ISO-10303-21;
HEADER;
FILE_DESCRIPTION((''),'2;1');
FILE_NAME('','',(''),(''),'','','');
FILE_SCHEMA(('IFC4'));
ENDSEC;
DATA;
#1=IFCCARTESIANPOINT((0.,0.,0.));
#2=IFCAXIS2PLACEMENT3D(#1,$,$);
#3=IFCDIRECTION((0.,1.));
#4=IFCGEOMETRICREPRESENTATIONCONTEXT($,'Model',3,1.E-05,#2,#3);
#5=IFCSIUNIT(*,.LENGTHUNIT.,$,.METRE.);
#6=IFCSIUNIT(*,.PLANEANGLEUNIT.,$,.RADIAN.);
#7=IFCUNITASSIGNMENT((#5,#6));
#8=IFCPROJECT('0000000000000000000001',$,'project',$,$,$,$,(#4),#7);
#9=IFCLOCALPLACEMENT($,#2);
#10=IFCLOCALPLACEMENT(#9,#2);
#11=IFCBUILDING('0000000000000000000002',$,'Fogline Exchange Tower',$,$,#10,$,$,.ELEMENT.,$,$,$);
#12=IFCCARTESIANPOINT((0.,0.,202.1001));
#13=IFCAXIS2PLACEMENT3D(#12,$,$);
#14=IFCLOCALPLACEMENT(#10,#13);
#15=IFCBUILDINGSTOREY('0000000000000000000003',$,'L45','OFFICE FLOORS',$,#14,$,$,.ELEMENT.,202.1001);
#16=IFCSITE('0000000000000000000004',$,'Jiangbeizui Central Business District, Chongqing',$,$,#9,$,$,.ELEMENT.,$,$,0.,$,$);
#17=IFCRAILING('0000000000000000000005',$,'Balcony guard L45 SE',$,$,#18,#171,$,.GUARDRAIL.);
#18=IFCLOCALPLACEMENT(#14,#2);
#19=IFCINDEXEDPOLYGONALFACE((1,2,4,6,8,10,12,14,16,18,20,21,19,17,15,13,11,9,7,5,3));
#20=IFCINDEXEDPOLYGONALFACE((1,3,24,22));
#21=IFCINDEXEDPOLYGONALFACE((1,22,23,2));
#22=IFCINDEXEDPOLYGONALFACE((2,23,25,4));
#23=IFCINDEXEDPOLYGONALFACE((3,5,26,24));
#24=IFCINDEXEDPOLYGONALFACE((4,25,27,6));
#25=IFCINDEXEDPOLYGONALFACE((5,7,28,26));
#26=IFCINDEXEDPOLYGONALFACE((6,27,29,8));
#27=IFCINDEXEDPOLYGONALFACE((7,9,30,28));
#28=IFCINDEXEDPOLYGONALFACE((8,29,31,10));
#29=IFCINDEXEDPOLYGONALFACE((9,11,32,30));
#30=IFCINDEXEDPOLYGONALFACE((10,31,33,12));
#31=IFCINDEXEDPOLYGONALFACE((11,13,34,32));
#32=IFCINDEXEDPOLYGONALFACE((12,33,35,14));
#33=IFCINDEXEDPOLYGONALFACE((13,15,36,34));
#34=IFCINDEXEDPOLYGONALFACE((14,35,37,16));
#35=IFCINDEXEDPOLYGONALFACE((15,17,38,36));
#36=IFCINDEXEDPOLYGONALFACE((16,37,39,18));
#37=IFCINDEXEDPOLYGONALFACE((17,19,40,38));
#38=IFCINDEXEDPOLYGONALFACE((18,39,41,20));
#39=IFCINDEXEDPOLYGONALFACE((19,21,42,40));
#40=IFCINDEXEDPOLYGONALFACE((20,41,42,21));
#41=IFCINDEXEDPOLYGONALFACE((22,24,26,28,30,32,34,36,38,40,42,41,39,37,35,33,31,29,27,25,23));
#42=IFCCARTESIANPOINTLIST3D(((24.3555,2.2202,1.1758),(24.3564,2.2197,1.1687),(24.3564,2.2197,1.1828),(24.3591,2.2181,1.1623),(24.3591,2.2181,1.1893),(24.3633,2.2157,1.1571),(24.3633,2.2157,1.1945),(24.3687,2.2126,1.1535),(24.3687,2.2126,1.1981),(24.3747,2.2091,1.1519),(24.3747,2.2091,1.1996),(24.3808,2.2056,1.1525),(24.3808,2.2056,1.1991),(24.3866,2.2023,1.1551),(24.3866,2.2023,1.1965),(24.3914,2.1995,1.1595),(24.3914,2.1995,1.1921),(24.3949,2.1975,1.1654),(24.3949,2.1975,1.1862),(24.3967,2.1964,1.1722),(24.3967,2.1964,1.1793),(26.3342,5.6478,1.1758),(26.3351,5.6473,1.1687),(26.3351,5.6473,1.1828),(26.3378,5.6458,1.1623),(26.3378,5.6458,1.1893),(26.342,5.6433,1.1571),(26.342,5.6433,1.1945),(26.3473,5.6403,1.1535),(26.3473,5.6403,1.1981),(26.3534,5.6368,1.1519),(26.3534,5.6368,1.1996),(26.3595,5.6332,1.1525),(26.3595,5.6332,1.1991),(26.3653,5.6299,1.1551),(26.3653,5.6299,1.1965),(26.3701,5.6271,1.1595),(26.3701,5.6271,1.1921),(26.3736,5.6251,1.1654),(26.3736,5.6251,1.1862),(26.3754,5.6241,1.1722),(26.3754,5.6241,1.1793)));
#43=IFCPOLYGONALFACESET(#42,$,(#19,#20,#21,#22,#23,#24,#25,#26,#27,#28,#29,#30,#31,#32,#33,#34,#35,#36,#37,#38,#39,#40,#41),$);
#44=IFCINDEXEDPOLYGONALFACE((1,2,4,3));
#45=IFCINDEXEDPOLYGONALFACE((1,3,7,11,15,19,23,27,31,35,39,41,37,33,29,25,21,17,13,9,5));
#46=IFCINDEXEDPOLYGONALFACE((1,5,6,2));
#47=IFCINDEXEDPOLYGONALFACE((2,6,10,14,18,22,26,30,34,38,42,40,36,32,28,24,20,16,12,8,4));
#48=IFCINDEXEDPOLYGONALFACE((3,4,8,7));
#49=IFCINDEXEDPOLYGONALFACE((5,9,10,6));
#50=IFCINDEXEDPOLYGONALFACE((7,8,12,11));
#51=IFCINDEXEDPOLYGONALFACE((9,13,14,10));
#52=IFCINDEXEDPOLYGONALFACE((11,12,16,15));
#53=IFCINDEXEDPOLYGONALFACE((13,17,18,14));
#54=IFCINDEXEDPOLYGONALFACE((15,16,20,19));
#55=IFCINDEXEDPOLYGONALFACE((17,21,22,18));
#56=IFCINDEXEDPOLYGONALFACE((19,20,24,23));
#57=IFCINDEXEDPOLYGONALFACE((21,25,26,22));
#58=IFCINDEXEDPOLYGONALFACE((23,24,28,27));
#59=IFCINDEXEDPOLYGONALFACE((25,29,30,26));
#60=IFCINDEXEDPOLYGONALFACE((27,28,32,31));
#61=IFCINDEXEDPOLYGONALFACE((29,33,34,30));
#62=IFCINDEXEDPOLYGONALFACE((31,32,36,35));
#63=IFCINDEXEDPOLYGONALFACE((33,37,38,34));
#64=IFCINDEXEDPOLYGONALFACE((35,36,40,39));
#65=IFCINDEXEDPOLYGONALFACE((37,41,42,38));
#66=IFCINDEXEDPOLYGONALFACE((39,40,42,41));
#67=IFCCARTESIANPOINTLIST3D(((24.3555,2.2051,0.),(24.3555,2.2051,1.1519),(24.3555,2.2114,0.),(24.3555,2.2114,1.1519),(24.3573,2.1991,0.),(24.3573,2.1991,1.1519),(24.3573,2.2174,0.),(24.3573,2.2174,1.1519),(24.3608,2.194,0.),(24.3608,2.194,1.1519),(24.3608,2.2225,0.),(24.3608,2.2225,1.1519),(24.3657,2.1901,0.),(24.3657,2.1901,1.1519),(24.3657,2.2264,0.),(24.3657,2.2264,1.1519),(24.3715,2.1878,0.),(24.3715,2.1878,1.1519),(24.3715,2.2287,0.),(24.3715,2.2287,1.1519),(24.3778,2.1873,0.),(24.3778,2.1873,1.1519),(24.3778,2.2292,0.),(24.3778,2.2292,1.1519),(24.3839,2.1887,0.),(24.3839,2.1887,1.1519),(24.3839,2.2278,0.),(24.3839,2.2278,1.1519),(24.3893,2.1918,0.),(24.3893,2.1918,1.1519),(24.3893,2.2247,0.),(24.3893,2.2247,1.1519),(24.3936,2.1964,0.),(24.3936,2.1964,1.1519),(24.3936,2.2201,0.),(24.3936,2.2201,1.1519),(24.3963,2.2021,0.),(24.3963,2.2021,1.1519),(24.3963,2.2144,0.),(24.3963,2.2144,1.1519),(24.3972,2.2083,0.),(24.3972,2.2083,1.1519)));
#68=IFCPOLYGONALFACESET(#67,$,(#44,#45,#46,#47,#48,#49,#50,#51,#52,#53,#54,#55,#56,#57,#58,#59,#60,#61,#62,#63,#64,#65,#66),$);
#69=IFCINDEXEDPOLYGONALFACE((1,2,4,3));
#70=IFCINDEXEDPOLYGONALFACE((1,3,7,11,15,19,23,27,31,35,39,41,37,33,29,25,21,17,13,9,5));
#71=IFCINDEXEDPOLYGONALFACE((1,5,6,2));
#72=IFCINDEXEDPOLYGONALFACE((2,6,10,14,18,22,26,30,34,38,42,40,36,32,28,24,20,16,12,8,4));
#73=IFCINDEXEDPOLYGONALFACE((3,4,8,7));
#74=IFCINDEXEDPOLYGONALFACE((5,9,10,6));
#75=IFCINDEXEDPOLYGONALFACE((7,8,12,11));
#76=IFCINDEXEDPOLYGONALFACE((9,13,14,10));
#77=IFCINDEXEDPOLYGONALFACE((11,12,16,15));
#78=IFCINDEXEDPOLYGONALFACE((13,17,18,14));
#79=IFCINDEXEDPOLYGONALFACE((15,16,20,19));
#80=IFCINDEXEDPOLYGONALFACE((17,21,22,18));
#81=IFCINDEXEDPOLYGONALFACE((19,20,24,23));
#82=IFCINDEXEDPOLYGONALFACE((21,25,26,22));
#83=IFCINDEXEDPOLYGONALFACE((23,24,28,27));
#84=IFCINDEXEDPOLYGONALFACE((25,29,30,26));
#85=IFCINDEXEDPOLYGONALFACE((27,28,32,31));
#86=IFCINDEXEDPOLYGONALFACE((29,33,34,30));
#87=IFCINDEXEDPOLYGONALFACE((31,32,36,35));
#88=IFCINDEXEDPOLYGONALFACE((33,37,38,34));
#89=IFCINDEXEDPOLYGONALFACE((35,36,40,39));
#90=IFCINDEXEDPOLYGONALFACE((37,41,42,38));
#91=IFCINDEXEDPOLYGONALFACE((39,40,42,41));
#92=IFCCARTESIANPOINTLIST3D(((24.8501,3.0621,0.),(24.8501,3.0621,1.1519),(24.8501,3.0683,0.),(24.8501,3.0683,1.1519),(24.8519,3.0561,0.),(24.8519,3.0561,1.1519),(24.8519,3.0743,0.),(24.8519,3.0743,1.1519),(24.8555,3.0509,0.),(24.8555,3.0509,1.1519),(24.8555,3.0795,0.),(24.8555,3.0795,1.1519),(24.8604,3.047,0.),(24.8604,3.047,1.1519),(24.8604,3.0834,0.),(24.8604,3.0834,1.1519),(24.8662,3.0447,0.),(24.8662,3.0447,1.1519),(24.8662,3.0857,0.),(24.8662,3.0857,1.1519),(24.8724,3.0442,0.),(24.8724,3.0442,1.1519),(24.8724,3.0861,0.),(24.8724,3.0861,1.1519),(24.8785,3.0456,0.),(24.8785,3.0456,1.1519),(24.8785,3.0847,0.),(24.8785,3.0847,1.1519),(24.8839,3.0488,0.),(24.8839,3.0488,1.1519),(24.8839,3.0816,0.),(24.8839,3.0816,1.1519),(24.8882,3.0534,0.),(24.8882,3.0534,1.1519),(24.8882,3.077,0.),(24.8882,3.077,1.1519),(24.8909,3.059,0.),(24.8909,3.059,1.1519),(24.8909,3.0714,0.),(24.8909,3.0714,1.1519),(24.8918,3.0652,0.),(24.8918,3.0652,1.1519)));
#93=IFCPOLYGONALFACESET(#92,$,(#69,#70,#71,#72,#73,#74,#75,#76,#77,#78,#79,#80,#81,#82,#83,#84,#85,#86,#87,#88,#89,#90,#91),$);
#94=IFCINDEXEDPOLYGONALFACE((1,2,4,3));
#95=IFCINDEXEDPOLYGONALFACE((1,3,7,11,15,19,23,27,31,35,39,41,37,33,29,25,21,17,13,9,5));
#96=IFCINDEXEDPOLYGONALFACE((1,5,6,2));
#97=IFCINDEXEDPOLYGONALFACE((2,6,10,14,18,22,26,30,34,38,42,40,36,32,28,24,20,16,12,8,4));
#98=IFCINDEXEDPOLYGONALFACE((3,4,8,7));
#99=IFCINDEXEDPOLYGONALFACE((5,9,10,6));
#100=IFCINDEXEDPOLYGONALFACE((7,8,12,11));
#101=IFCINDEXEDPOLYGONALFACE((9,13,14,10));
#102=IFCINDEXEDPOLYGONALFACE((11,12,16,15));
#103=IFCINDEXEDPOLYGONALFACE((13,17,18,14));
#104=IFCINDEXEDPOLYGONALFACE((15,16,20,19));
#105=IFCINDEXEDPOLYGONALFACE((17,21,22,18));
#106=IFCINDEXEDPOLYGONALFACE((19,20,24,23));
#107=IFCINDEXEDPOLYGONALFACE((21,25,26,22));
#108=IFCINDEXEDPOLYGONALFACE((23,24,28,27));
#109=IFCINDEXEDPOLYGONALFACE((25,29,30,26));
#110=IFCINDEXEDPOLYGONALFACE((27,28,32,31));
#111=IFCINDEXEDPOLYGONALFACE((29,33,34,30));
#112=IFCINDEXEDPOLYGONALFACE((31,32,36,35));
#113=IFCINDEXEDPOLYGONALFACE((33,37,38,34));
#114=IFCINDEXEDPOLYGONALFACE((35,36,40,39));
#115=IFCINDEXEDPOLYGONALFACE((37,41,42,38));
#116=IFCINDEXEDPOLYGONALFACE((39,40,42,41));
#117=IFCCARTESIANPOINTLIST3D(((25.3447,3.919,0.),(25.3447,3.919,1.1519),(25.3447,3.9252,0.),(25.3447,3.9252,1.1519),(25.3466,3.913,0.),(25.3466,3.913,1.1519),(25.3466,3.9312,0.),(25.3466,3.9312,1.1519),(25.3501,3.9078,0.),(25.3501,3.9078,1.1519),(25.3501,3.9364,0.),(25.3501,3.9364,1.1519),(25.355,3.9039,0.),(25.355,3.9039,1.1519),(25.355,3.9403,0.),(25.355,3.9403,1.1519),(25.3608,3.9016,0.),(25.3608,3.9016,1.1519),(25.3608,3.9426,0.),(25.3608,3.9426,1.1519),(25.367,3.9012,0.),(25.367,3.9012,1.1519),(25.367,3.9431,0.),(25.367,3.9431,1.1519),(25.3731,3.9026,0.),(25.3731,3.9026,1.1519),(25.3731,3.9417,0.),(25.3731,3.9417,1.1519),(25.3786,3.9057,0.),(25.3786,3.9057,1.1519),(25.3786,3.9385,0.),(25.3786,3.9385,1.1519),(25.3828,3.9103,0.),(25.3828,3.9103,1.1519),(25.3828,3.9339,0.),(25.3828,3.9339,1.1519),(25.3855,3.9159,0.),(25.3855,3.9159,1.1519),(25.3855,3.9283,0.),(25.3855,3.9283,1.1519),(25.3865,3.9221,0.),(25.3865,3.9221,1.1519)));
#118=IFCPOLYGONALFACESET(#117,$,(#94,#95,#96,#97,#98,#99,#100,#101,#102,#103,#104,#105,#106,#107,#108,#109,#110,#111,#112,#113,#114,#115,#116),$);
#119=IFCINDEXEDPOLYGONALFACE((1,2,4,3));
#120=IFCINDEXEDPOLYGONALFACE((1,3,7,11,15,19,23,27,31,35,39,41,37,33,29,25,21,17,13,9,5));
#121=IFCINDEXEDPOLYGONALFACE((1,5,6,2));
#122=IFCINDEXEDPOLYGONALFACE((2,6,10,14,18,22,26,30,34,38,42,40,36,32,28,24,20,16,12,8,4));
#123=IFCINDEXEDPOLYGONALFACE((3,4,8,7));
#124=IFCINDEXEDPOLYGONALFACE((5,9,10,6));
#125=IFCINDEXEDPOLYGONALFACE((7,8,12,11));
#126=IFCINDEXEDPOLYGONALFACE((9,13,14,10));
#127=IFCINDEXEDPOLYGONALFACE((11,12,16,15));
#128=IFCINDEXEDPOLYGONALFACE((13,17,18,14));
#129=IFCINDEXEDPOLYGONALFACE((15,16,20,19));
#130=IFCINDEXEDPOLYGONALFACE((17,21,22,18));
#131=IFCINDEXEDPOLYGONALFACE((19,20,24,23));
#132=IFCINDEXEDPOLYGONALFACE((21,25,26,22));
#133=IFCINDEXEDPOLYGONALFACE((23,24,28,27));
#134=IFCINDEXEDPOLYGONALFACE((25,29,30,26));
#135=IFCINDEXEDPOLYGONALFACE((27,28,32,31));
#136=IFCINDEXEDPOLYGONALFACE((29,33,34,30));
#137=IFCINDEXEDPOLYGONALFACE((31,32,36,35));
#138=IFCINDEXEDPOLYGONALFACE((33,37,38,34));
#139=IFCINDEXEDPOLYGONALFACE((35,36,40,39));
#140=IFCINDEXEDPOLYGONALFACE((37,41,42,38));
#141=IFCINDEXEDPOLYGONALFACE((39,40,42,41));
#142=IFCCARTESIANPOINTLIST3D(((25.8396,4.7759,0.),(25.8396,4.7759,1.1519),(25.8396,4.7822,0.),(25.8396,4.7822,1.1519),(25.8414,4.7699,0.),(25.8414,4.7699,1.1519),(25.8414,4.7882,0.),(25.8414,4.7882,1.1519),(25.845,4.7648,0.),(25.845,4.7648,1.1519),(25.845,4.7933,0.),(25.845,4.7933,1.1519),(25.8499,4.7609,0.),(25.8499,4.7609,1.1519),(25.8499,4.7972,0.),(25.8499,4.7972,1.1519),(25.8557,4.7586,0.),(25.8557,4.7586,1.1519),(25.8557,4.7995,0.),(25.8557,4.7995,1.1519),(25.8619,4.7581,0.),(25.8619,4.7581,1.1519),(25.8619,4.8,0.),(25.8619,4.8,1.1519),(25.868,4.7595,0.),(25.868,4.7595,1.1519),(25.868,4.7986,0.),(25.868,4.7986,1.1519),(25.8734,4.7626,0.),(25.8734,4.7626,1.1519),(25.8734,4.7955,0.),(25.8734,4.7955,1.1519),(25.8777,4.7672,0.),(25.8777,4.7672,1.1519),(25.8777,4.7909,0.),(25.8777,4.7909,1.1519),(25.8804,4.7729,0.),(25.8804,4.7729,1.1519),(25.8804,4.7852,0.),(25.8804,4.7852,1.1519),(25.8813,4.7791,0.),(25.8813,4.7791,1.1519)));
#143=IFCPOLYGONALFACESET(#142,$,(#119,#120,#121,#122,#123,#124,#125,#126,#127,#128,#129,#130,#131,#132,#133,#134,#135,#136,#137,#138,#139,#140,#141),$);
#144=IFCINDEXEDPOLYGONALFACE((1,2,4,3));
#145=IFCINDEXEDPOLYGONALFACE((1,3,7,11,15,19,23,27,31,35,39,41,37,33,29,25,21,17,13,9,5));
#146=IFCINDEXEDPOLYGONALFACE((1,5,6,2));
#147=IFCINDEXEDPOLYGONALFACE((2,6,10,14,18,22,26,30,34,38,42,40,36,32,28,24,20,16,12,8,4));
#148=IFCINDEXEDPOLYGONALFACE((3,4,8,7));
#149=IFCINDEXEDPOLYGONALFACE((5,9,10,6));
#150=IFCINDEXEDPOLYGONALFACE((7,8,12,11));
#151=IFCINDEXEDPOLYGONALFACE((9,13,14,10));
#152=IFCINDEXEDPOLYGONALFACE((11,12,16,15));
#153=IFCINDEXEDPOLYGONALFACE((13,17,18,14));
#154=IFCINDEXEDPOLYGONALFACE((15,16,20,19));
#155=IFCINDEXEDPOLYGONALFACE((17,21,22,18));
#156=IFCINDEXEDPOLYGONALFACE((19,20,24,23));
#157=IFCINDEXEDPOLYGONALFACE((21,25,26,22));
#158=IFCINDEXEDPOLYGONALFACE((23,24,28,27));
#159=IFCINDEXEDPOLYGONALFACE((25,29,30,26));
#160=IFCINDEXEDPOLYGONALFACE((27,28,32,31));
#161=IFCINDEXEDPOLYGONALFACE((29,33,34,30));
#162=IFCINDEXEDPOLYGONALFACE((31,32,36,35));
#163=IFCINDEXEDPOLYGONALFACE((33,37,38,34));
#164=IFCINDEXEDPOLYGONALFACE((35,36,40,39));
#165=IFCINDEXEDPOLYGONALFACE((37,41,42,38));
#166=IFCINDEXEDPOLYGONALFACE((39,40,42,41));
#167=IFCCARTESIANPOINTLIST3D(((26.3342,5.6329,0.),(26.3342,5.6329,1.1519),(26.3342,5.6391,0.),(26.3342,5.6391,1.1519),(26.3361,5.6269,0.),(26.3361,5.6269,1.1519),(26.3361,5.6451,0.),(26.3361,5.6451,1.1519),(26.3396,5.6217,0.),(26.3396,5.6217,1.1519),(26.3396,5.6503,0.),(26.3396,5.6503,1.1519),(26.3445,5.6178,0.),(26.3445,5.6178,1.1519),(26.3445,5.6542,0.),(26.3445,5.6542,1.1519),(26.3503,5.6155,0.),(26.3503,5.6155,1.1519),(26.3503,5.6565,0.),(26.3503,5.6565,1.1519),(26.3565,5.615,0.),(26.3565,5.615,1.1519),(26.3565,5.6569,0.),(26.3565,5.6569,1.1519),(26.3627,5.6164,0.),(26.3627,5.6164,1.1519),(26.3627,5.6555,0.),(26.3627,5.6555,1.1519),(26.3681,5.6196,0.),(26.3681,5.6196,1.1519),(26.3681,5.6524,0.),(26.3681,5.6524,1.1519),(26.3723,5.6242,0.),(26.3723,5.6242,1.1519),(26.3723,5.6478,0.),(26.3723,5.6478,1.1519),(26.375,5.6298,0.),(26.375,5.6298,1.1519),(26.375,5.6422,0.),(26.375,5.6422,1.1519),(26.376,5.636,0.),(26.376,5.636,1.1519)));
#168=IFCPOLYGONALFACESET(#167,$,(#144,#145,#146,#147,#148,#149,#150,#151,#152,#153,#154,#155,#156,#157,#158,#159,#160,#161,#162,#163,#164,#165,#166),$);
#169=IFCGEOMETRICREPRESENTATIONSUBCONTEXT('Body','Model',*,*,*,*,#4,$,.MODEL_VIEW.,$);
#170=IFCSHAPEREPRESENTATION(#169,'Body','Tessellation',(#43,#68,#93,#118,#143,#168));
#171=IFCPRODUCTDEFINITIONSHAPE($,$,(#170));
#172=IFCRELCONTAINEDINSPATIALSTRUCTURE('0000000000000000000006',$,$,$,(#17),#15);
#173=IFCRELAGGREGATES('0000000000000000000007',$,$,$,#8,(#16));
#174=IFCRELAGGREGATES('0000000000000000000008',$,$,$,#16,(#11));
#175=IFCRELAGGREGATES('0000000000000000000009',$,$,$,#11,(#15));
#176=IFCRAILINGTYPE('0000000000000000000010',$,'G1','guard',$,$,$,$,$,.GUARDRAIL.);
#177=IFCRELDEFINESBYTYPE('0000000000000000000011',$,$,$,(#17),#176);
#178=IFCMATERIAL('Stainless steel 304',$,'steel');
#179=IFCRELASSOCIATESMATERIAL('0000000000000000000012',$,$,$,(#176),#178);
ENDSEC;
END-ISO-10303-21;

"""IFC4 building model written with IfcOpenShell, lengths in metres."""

from ifc_helpers import new_model, si_unit, direction, frame, origin, origin_2d, place, context, subcontext, project, spatial, circle, extrude, material, type_object, element, save


model = new_model("IFC4")

# Units and contexts
model_context = context("Model", 3, precision=1e-05, world=origin(), true_north=direction((0.0, 1.0)))
body_context = subcontext(model_context, "Body", "Model", "MODEL_VIEW")
ifc_project = project(units=[si_unit("LENGTHUNIT", "METRE"), si_unit("PLANEANGLEUNIT", "RADIAN")], contexts=[model_context])

# Site, building, storey
site_placement = place(None, origin())
site = spatial("IfcSite", under=ifc_project, at=site_placement, Name="Jiangbeizui Central Business District, Chongqing", CompositionType="ELEMENT", RefElevation=0.0)
building_placement = place(site_placement, origin())
building = spatial("IfcBuilding", under=site, at=building_placement, Name="Fogline Exchange Tower", CompositionType="ELEMENT")
storey_placement = place(building_placement, frame((0.0, 0.0, 202.1001)))
storey = spatial("IfcBuildingStorey", under=building, at=storey_placement, Name="L45", Description="OFFICE FLOORS", CompositionType="ELEMENT", Elevation=202.1001)

# Railing
ifc_material_1 = material(Name="Stainless steel 304", Category="steel")
railing_type = type_object("IfcRailingType", Name="G1", Description="guard", PredefinedType="GUARDRAIL", material=ifc_material_1)
railing_placement = place(storey_placement, frame((24.3762, 2.2083, 0.0)))
element("IfcRailing", 1, at=railing_placement, inside=storey, type_object=railing_type, Name="Balcony guard L45 SE", PredefinedType="GUARDRAIL", context=body_context, shape_type="SweptSolid", body=[
    extrude(circle(Radius=0.0239, at=origin_2d()), frame((0.0, 0.0, 1.1758), z_axis=(0.499954, 0.866052, 0.0), x_axis=(-0.866052, 0.499954, 0.0)), (0.0, 0.0, 1.0), 3.9578),
    extrude(circle(Radius=0.021, at=origin_2d()), origin(), (0.0, 0.0, 1.0), 1.1519),
    extrude(circle(Radius=0.021, at=origin_2d()), frame((0.4946, 0.8569, 0.0)), (0.0, 0.0, 1.0), 1.1519),
    extrude(circle(Radius=0.021, at=origin_2d()), frame((0.9893, 1.7139, 0.0)), (0.0, 0.0, 1.0), 1.1519),
    extrude(circle(Radius=0.021, at=origin_2d()), frame((1.4841, 2.5708, 0.0)), (0.0, 0.0, 1.0), 1.1519),
    extrude(circle(Radius=0.021, at=origin_2d()), frame((1.9788, 3.4277, 0.0)), (0.0, 0.0, 1.0), 1.1519),
])

save(model, "model.ifc")
